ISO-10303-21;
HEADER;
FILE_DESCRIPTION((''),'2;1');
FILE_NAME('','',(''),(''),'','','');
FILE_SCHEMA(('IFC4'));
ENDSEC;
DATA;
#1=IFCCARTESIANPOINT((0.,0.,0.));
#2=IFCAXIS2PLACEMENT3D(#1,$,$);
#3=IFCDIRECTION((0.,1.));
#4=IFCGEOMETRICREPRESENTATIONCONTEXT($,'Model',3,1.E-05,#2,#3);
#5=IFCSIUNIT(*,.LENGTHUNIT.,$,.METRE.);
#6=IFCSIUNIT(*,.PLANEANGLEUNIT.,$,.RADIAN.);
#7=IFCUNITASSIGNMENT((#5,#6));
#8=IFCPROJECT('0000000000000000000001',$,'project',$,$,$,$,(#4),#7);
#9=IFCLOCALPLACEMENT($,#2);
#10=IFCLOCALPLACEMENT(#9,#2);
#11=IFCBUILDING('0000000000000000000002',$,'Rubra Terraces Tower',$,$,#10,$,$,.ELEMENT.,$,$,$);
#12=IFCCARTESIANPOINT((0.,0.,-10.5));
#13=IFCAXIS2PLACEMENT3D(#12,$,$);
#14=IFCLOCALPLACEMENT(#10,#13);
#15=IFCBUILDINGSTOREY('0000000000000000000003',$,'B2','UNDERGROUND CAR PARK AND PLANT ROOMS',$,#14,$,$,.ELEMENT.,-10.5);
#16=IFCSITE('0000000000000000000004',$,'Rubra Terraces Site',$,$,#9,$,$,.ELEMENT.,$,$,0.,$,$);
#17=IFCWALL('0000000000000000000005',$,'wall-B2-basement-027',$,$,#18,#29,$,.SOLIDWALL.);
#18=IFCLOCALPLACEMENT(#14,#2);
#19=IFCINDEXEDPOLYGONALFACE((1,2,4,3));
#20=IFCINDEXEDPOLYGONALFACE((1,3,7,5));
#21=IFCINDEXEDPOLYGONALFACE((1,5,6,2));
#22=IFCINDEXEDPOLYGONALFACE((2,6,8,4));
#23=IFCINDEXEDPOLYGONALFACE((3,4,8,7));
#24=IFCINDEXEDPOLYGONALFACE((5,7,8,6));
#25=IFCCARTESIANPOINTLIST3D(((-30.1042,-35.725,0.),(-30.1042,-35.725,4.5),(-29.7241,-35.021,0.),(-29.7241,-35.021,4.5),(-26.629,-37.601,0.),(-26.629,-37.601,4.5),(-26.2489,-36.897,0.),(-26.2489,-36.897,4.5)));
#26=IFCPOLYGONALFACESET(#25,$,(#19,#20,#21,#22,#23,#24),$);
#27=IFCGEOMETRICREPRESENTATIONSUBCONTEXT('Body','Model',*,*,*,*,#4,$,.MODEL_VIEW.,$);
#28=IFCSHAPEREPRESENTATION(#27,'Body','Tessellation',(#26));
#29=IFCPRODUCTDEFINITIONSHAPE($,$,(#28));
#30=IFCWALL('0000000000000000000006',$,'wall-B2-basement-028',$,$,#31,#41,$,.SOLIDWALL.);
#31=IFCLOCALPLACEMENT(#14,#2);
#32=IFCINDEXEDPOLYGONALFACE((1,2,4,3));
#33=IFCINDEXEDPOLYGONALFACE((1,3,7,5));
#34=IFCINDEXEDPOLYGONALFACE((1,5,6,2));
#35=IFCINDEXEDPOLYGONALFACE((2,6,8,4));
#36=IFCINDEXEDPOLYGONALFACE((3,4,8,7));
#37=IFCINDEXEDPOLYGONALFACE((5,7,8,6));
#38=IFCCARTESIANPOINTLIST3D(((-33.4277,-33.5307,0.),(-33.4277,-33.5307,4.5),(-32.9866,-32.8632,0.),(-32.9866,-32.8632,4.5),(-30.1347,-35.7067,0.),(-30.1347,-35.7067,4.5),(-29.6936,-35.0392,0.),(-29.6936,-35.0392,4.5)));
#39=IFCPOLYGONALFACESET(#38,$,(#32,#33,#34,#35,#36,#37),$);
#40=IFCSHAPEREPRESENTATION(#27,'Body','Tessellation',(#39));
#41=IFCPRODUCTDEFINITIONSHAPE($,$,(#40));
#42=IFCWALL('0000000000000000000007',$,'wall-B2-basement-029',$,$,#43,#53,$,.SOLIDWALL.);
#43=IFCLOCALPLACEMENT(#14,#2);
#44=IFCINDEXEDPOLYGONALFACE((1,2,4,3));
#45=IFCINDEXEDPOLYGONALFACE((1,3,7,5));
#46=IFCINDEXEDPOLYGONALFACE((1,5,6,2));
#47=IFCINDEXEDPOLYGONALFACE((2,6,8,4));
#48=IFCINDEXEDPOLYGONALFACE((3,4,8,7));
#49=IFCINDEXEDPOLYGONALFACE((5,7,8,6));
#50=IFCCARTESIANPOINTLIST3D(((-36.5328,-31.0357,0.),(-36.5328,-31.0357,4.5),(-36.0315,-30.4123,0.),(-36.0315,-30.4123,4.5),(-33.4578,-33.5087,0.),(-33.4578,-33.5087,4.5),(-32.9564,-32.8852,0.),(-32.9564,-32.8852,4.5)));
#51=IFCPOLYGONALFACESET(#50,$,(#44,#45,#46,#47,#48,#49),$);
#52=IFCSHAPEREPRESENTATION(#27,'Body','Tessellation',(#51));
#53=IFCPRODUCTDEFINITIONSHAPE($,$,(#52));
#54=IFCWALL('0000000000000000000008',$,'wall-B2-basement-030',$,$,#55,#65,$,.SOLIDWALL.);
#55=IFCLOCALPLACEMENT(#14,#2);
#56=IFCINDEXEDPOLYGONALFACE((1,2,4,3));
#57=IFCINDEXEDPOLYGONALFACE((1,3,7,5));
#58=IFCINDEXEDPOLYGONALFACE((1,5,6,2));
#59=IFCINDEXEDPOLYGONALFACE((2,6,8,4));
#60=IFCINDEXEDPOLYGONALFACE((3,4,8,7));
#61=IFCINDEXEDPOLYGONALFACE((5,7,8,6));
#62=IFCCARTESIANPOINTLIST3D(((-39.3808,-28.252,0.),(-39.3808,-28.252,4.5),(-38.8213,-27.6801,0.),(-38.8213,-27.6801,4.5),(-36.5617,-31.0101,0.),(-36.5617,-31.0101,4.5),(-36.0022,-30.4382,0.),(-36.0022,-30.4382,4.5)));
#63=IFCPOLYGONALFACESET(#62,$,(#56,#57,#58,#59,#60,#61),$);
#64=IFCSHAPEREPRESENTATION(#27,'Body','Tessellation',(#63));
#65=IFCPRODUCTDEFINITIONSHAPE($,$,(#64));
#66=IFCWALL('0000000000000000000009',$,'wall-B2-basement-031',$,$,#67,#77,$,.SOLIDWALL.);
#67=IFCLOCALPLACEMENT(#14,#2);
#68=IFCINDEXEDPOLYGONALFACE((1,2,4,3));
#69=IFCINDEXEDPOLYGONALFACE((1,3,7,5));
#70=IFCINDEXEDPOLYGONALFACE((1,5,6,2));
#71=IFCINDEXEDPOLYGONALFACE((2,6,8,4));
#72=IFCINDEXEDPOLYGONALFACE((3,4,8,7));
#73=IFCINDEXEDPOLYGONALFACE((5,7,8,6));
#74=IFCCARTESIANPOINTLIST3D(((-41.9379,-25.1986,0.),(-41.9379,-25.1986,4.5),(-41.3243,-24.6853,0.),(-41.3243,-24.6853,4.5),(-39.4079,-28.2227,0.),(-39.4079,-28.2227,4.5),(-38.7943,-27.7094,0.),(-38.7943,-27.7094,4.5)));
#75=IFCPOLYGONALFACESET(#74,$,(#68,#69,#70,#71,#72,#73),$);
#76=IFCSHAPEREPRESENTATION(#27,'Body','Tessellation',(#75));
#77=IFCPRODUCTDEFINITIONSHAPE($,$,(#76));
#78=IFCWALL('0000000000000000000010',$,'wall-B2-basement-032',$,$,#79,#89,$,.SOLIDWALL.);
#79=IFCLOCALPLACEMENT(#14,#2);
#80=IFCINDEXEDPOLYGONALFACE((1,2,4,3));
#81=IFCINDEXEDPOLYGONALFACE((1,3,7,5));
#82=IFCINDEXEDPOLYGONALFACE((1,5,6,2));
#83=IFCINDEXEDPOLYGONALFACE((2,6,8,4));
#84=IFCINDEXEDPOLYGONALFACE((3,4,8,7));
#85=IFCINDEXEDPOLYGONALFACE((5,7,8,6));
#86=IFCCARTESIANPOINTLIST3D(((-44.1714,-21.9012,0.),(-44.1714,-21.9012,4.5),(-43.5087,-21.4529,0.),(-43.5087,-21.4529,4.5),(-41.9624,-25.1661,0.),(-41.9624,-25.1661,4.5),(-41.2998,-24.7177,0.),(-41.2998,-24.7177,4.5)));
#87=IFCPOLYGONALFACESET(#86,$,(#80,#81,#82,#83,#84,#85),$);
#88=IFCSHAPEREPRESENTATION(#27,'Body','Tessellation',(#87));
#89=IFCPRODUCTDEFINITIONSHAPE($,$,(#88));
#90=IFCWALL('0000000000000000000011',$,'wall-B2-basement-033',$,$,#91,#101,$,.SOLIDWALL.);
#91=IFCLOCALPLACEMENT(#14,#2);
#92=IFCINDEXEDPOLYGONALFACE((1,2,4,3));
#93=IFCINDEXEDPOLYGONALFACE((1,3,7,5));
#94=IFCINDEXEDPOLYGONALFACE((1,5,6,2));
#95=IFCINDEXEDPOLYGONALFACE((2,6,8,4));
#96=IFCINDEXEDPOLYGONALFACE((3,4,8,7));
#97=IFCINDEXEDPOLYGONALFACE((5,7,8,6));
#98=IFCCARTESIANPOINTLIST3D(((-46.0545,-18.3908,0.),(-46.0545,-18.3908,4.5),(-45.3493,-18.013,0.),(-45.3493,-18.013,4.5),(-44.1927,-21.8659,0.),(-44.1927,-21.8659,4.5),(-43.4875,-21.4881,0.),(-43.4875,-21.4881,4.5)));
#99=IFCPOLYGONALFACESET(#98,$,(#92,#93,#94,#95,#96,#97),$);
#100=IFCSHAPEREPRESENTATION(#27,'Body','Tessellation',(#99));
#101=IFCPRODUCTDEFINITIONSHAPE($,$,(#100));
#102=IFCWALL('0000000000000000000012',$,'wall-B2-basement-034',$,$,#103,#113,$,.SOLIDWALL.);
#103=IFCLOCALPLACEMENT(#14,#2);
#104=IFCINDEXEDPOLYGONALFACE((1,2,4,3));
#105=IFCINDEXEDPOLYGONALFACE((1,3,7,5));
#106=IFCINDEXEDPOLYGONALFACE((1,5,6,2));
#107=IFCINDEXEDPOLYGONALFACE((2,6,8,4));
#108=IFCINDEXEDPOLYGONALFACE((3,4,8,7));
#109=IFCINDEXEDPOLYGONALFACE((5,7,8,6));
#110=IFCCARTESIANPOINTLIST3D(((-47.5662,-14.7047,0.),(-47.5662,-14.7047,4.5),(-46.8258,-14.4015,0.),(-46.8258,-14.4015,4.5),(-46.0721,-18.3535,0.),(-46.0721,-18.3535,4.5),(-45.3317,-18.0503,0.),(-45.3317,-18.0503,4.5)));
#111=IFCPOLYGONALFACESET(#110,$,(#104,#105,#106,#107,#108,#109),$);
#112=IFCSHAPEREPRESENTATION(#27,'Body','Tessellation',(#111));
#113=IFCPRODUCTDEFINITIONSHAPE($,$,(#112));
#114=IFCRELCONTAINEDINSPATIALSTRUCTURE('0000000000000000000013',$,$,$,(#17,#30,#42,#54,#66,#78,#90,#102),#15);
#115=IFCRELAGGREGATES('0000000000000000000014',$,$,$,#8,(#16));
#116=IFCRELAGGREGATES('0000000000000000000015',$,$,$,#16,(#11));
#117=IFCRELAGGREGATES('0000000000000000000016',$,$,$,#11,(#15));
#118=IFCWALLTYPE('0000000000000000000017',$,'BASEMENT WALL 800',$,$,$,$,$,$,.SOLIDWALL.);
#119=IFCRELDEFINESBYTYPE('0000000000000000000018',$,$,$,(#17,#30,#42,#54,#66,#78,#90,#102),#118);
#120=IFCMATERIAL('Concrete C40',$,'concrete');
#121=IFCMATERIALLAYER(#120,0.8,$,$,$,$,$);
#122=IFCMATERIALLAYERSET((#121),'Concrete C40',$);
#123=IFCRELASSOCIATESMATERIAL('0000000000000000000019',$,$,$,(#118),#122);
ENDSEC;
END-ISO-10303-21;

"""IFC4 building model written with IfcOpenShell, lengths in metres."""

from ifc_helpers import new_model, si_unit, direction, frame, frame_2d, origin, place, context, subcontext, project, spatial, rectangle, extrude, material, layer, layer_set, type_object, element, save


model = new_model("IFC4")

# Units and contexts
model_context = context("Model", 3, precision=1e-05, world=origin(), true_north=direction((0.0, 1.0)))
body_context = subcontext(model_context, "Body", "Model", "MODEL_VIEW")
ifc_project = project(units=[si_unit("LENGTHUNIT", "METRE"), si_unit("PLANEANGLEUNIT", "RADIAN")], contexts=[model_context])

# Site, building, storey
site_placement = place(None, origin())
site = spatial("IfcSite", under=ifc_project, at=site_placement, Name="Rubra Terraces Site", CompositionType="ELEMENT", RefElevation=0.0)
building_placement = place(site_placement, origin())
building = spatial("IfcBuilding", under=site, at=building_placement, Name="Rubra Terraces Tower", CompositionType="ELEMENT")
storey_placement = place(building_placement, frame((0.0, 0.0, -10.5)))
storey = spatial("IfcBuildingStorey", under=building, at=storey_placement, Name="B2", Description="UNDERGROUND CAR PARK AND PLANT ROOMS", CompositionType="ELEMENT", Elevation=-10.5)

# Walls
ifc_material_1 = material(Name="Concrete C40", Category="concrete")
ifc_layer = layer(ifc_material_1, 0.8)
ifc_layer_set = layer_set([ifc_layer], Name="Concrete C40")
wall_type = type_object("IfcWallType", Name="BASEMENT WALL 800", PredefinedType="SOLIDWALL", material=ifc_layer_set)
wall_1_placement = place(storey_placement, frame((-26.439, -37.249, 0.0), z_axis=(0.0, 0.0, 1.0), x_axis=(-0.879966, 0.475036, 0.0)))
element("IfcWall", 1, at=wall_1_placement, inside=storey, type_object=wall_type, Name="wall-B2-basement-027", PredefinedType="SOLIDWALL", context=body_context, shape_type="SweptSolid", body=[
    extrude(rectangle(XDim=3.9492, YDim=0.8, at=frame_2d((1.9746, 0.0))), origin(), (0.0, 0.0, 1.0), 4.5),
])
wall_2_placement = place(storey_placement, frame((-29.9141, -35.373, 0.0), z_axis=(0.0, 0.0, 1.0), x_axis=(-0.834299, 0.551313, 0.0)))
element("IfcWall", 2, at=wall_2_placement, inside=storey, type_object=wall_type, Name="wall-B2-basement-028", PredefinedType="SOLIDWALL", context=body_context, shape_type="SweptSolid", body=[
    extrude(rectangle(XDim=3.947, YDim=0.8, at=frame_2d((1.9736, 0.0))), origin(), (0.0, 0.0, 1.0), 4.5),
])
wall_3_placement = place(storey_placement, frame((-33.207, -33.197, 0.0), z_axis=(0.0, 0.0, 1.0), x_axis=(-0.779267, 0.626692, 0.0)))
element("IfcWall", 3, at=wall_3_placement, inside=storey, type_object=wall_type, Name="wall-B2-basement-029", PredefinedType="SOLIDWALL", context=body_context, shape_type="SweptSolid", body=[
    extrude(rectangle(XDim=3.946, YDim=0.8, at=frame_2d((1.9731, 0.0))), origin(), (0.0, 0.0, 1.0), 4.5),
])
wall_4_placement = place(storey_placement, frame((-36.282, -30.7241, 0.0), z_axis=(0.0, 0.0, 1.0), x_axis=(-0.714802, 0.699326, 0.0)))
element("IfcWall", 4, at=wall_4_placement, inside=storey, type_object=wall_type, Name="wall-B2-basement-030", PredefinedType="SOLIDWALL", context=body_context, shape_type="SweptSolid", body=[
    extrude(rectangle(XDim=3.9438, YDim=0.8, at=frame_2d((1.9719, 0.0))), origin(), (0.0, 0.0, 1.0), 4.5),
])
wall_5_placement = place(storey_placement, frame((-39.1011, -27.9661, 0.0), z_axis=(0.0, 0.0, 1.0), x_axis=(-0.641663, 0.766987, 0.0)))
element("IfcWall", 5, at=wall_5_placement, inside=storey, type_object=wall_type, Name="wall-B2-basement-031", PredefinedType="SOLIDWALL", context=body_context, shape_type="SweptSolid", body=[
    extrude(rectangle(XDim=3.9429, YDim=0.8, at=frame_2d((1.9714, 0.0))), origin(), (0.0, 0.0, 1.0), 4.5),
])
wall_6_placement = place(storey_placement, frame((-41.6311, -24.9419, 0.0), z_axis=(0.0, 0.0, 1.0), x_axis=(-0.560376, 0.828239, 0.0)))
element("IfcWall", 6, at=wall_6_placement, inside=storey, type_object=wall_type, Name="wall-B2-basement-032", PredefinedType="SOLIDWALL", context=body_context, shape_type="SweptSolid", body=[
    extrude(rectangle(XDim=3.9419, YDim=0.8, at=frame_2d((1.9709, 0.0))), origin(), (0.0, 0.0, 1.0), 4.5),
])
wall_7_placement = place(storey_placement, frame((-43.8401, -21.677, 0.0), z_axis=(0.0, 0.0, 1.0), x_axis=(-0.472252, 0.881463, 0.0)))
element("IfcWall", 7, at=wall_7_placement, inside=storey, type_object=wall_type, Name="wall-B2-basement-033", PredefinedType="SOLIDWALL", context=body_context, shape_type="SweptSolid", body=[
    extrude(rectangle(XDim=3.9424, YDim=0.8, at=frame_2d((1.9712, 0.0))), origin(), (0.0, 0.0, 1.0), 4.5),
])
wall_8_placement = place(storey_placement, frame((-45.7019, -18.2019, 0.0), z_axis=(0.0, 0.0, 1.0), x_axis=(-0.378937, 0.925423, 0.0)))
element("IfcWall", 8, at=wall_8_placement, inside=storey, type_object=wall_type, Name="wall-B2-basement-034", PredefinedType="SOLIDWALL", context=body_context, shape_type="SweptSolid", body=[
    extrude(rectangle(XDim=3.9429, YDim=0.8, at=frame_2d((1.9714, 0.0))), origin(), (0.0, 0.0, 1.0), 4.5),
])

save(model, "model.ifc")
